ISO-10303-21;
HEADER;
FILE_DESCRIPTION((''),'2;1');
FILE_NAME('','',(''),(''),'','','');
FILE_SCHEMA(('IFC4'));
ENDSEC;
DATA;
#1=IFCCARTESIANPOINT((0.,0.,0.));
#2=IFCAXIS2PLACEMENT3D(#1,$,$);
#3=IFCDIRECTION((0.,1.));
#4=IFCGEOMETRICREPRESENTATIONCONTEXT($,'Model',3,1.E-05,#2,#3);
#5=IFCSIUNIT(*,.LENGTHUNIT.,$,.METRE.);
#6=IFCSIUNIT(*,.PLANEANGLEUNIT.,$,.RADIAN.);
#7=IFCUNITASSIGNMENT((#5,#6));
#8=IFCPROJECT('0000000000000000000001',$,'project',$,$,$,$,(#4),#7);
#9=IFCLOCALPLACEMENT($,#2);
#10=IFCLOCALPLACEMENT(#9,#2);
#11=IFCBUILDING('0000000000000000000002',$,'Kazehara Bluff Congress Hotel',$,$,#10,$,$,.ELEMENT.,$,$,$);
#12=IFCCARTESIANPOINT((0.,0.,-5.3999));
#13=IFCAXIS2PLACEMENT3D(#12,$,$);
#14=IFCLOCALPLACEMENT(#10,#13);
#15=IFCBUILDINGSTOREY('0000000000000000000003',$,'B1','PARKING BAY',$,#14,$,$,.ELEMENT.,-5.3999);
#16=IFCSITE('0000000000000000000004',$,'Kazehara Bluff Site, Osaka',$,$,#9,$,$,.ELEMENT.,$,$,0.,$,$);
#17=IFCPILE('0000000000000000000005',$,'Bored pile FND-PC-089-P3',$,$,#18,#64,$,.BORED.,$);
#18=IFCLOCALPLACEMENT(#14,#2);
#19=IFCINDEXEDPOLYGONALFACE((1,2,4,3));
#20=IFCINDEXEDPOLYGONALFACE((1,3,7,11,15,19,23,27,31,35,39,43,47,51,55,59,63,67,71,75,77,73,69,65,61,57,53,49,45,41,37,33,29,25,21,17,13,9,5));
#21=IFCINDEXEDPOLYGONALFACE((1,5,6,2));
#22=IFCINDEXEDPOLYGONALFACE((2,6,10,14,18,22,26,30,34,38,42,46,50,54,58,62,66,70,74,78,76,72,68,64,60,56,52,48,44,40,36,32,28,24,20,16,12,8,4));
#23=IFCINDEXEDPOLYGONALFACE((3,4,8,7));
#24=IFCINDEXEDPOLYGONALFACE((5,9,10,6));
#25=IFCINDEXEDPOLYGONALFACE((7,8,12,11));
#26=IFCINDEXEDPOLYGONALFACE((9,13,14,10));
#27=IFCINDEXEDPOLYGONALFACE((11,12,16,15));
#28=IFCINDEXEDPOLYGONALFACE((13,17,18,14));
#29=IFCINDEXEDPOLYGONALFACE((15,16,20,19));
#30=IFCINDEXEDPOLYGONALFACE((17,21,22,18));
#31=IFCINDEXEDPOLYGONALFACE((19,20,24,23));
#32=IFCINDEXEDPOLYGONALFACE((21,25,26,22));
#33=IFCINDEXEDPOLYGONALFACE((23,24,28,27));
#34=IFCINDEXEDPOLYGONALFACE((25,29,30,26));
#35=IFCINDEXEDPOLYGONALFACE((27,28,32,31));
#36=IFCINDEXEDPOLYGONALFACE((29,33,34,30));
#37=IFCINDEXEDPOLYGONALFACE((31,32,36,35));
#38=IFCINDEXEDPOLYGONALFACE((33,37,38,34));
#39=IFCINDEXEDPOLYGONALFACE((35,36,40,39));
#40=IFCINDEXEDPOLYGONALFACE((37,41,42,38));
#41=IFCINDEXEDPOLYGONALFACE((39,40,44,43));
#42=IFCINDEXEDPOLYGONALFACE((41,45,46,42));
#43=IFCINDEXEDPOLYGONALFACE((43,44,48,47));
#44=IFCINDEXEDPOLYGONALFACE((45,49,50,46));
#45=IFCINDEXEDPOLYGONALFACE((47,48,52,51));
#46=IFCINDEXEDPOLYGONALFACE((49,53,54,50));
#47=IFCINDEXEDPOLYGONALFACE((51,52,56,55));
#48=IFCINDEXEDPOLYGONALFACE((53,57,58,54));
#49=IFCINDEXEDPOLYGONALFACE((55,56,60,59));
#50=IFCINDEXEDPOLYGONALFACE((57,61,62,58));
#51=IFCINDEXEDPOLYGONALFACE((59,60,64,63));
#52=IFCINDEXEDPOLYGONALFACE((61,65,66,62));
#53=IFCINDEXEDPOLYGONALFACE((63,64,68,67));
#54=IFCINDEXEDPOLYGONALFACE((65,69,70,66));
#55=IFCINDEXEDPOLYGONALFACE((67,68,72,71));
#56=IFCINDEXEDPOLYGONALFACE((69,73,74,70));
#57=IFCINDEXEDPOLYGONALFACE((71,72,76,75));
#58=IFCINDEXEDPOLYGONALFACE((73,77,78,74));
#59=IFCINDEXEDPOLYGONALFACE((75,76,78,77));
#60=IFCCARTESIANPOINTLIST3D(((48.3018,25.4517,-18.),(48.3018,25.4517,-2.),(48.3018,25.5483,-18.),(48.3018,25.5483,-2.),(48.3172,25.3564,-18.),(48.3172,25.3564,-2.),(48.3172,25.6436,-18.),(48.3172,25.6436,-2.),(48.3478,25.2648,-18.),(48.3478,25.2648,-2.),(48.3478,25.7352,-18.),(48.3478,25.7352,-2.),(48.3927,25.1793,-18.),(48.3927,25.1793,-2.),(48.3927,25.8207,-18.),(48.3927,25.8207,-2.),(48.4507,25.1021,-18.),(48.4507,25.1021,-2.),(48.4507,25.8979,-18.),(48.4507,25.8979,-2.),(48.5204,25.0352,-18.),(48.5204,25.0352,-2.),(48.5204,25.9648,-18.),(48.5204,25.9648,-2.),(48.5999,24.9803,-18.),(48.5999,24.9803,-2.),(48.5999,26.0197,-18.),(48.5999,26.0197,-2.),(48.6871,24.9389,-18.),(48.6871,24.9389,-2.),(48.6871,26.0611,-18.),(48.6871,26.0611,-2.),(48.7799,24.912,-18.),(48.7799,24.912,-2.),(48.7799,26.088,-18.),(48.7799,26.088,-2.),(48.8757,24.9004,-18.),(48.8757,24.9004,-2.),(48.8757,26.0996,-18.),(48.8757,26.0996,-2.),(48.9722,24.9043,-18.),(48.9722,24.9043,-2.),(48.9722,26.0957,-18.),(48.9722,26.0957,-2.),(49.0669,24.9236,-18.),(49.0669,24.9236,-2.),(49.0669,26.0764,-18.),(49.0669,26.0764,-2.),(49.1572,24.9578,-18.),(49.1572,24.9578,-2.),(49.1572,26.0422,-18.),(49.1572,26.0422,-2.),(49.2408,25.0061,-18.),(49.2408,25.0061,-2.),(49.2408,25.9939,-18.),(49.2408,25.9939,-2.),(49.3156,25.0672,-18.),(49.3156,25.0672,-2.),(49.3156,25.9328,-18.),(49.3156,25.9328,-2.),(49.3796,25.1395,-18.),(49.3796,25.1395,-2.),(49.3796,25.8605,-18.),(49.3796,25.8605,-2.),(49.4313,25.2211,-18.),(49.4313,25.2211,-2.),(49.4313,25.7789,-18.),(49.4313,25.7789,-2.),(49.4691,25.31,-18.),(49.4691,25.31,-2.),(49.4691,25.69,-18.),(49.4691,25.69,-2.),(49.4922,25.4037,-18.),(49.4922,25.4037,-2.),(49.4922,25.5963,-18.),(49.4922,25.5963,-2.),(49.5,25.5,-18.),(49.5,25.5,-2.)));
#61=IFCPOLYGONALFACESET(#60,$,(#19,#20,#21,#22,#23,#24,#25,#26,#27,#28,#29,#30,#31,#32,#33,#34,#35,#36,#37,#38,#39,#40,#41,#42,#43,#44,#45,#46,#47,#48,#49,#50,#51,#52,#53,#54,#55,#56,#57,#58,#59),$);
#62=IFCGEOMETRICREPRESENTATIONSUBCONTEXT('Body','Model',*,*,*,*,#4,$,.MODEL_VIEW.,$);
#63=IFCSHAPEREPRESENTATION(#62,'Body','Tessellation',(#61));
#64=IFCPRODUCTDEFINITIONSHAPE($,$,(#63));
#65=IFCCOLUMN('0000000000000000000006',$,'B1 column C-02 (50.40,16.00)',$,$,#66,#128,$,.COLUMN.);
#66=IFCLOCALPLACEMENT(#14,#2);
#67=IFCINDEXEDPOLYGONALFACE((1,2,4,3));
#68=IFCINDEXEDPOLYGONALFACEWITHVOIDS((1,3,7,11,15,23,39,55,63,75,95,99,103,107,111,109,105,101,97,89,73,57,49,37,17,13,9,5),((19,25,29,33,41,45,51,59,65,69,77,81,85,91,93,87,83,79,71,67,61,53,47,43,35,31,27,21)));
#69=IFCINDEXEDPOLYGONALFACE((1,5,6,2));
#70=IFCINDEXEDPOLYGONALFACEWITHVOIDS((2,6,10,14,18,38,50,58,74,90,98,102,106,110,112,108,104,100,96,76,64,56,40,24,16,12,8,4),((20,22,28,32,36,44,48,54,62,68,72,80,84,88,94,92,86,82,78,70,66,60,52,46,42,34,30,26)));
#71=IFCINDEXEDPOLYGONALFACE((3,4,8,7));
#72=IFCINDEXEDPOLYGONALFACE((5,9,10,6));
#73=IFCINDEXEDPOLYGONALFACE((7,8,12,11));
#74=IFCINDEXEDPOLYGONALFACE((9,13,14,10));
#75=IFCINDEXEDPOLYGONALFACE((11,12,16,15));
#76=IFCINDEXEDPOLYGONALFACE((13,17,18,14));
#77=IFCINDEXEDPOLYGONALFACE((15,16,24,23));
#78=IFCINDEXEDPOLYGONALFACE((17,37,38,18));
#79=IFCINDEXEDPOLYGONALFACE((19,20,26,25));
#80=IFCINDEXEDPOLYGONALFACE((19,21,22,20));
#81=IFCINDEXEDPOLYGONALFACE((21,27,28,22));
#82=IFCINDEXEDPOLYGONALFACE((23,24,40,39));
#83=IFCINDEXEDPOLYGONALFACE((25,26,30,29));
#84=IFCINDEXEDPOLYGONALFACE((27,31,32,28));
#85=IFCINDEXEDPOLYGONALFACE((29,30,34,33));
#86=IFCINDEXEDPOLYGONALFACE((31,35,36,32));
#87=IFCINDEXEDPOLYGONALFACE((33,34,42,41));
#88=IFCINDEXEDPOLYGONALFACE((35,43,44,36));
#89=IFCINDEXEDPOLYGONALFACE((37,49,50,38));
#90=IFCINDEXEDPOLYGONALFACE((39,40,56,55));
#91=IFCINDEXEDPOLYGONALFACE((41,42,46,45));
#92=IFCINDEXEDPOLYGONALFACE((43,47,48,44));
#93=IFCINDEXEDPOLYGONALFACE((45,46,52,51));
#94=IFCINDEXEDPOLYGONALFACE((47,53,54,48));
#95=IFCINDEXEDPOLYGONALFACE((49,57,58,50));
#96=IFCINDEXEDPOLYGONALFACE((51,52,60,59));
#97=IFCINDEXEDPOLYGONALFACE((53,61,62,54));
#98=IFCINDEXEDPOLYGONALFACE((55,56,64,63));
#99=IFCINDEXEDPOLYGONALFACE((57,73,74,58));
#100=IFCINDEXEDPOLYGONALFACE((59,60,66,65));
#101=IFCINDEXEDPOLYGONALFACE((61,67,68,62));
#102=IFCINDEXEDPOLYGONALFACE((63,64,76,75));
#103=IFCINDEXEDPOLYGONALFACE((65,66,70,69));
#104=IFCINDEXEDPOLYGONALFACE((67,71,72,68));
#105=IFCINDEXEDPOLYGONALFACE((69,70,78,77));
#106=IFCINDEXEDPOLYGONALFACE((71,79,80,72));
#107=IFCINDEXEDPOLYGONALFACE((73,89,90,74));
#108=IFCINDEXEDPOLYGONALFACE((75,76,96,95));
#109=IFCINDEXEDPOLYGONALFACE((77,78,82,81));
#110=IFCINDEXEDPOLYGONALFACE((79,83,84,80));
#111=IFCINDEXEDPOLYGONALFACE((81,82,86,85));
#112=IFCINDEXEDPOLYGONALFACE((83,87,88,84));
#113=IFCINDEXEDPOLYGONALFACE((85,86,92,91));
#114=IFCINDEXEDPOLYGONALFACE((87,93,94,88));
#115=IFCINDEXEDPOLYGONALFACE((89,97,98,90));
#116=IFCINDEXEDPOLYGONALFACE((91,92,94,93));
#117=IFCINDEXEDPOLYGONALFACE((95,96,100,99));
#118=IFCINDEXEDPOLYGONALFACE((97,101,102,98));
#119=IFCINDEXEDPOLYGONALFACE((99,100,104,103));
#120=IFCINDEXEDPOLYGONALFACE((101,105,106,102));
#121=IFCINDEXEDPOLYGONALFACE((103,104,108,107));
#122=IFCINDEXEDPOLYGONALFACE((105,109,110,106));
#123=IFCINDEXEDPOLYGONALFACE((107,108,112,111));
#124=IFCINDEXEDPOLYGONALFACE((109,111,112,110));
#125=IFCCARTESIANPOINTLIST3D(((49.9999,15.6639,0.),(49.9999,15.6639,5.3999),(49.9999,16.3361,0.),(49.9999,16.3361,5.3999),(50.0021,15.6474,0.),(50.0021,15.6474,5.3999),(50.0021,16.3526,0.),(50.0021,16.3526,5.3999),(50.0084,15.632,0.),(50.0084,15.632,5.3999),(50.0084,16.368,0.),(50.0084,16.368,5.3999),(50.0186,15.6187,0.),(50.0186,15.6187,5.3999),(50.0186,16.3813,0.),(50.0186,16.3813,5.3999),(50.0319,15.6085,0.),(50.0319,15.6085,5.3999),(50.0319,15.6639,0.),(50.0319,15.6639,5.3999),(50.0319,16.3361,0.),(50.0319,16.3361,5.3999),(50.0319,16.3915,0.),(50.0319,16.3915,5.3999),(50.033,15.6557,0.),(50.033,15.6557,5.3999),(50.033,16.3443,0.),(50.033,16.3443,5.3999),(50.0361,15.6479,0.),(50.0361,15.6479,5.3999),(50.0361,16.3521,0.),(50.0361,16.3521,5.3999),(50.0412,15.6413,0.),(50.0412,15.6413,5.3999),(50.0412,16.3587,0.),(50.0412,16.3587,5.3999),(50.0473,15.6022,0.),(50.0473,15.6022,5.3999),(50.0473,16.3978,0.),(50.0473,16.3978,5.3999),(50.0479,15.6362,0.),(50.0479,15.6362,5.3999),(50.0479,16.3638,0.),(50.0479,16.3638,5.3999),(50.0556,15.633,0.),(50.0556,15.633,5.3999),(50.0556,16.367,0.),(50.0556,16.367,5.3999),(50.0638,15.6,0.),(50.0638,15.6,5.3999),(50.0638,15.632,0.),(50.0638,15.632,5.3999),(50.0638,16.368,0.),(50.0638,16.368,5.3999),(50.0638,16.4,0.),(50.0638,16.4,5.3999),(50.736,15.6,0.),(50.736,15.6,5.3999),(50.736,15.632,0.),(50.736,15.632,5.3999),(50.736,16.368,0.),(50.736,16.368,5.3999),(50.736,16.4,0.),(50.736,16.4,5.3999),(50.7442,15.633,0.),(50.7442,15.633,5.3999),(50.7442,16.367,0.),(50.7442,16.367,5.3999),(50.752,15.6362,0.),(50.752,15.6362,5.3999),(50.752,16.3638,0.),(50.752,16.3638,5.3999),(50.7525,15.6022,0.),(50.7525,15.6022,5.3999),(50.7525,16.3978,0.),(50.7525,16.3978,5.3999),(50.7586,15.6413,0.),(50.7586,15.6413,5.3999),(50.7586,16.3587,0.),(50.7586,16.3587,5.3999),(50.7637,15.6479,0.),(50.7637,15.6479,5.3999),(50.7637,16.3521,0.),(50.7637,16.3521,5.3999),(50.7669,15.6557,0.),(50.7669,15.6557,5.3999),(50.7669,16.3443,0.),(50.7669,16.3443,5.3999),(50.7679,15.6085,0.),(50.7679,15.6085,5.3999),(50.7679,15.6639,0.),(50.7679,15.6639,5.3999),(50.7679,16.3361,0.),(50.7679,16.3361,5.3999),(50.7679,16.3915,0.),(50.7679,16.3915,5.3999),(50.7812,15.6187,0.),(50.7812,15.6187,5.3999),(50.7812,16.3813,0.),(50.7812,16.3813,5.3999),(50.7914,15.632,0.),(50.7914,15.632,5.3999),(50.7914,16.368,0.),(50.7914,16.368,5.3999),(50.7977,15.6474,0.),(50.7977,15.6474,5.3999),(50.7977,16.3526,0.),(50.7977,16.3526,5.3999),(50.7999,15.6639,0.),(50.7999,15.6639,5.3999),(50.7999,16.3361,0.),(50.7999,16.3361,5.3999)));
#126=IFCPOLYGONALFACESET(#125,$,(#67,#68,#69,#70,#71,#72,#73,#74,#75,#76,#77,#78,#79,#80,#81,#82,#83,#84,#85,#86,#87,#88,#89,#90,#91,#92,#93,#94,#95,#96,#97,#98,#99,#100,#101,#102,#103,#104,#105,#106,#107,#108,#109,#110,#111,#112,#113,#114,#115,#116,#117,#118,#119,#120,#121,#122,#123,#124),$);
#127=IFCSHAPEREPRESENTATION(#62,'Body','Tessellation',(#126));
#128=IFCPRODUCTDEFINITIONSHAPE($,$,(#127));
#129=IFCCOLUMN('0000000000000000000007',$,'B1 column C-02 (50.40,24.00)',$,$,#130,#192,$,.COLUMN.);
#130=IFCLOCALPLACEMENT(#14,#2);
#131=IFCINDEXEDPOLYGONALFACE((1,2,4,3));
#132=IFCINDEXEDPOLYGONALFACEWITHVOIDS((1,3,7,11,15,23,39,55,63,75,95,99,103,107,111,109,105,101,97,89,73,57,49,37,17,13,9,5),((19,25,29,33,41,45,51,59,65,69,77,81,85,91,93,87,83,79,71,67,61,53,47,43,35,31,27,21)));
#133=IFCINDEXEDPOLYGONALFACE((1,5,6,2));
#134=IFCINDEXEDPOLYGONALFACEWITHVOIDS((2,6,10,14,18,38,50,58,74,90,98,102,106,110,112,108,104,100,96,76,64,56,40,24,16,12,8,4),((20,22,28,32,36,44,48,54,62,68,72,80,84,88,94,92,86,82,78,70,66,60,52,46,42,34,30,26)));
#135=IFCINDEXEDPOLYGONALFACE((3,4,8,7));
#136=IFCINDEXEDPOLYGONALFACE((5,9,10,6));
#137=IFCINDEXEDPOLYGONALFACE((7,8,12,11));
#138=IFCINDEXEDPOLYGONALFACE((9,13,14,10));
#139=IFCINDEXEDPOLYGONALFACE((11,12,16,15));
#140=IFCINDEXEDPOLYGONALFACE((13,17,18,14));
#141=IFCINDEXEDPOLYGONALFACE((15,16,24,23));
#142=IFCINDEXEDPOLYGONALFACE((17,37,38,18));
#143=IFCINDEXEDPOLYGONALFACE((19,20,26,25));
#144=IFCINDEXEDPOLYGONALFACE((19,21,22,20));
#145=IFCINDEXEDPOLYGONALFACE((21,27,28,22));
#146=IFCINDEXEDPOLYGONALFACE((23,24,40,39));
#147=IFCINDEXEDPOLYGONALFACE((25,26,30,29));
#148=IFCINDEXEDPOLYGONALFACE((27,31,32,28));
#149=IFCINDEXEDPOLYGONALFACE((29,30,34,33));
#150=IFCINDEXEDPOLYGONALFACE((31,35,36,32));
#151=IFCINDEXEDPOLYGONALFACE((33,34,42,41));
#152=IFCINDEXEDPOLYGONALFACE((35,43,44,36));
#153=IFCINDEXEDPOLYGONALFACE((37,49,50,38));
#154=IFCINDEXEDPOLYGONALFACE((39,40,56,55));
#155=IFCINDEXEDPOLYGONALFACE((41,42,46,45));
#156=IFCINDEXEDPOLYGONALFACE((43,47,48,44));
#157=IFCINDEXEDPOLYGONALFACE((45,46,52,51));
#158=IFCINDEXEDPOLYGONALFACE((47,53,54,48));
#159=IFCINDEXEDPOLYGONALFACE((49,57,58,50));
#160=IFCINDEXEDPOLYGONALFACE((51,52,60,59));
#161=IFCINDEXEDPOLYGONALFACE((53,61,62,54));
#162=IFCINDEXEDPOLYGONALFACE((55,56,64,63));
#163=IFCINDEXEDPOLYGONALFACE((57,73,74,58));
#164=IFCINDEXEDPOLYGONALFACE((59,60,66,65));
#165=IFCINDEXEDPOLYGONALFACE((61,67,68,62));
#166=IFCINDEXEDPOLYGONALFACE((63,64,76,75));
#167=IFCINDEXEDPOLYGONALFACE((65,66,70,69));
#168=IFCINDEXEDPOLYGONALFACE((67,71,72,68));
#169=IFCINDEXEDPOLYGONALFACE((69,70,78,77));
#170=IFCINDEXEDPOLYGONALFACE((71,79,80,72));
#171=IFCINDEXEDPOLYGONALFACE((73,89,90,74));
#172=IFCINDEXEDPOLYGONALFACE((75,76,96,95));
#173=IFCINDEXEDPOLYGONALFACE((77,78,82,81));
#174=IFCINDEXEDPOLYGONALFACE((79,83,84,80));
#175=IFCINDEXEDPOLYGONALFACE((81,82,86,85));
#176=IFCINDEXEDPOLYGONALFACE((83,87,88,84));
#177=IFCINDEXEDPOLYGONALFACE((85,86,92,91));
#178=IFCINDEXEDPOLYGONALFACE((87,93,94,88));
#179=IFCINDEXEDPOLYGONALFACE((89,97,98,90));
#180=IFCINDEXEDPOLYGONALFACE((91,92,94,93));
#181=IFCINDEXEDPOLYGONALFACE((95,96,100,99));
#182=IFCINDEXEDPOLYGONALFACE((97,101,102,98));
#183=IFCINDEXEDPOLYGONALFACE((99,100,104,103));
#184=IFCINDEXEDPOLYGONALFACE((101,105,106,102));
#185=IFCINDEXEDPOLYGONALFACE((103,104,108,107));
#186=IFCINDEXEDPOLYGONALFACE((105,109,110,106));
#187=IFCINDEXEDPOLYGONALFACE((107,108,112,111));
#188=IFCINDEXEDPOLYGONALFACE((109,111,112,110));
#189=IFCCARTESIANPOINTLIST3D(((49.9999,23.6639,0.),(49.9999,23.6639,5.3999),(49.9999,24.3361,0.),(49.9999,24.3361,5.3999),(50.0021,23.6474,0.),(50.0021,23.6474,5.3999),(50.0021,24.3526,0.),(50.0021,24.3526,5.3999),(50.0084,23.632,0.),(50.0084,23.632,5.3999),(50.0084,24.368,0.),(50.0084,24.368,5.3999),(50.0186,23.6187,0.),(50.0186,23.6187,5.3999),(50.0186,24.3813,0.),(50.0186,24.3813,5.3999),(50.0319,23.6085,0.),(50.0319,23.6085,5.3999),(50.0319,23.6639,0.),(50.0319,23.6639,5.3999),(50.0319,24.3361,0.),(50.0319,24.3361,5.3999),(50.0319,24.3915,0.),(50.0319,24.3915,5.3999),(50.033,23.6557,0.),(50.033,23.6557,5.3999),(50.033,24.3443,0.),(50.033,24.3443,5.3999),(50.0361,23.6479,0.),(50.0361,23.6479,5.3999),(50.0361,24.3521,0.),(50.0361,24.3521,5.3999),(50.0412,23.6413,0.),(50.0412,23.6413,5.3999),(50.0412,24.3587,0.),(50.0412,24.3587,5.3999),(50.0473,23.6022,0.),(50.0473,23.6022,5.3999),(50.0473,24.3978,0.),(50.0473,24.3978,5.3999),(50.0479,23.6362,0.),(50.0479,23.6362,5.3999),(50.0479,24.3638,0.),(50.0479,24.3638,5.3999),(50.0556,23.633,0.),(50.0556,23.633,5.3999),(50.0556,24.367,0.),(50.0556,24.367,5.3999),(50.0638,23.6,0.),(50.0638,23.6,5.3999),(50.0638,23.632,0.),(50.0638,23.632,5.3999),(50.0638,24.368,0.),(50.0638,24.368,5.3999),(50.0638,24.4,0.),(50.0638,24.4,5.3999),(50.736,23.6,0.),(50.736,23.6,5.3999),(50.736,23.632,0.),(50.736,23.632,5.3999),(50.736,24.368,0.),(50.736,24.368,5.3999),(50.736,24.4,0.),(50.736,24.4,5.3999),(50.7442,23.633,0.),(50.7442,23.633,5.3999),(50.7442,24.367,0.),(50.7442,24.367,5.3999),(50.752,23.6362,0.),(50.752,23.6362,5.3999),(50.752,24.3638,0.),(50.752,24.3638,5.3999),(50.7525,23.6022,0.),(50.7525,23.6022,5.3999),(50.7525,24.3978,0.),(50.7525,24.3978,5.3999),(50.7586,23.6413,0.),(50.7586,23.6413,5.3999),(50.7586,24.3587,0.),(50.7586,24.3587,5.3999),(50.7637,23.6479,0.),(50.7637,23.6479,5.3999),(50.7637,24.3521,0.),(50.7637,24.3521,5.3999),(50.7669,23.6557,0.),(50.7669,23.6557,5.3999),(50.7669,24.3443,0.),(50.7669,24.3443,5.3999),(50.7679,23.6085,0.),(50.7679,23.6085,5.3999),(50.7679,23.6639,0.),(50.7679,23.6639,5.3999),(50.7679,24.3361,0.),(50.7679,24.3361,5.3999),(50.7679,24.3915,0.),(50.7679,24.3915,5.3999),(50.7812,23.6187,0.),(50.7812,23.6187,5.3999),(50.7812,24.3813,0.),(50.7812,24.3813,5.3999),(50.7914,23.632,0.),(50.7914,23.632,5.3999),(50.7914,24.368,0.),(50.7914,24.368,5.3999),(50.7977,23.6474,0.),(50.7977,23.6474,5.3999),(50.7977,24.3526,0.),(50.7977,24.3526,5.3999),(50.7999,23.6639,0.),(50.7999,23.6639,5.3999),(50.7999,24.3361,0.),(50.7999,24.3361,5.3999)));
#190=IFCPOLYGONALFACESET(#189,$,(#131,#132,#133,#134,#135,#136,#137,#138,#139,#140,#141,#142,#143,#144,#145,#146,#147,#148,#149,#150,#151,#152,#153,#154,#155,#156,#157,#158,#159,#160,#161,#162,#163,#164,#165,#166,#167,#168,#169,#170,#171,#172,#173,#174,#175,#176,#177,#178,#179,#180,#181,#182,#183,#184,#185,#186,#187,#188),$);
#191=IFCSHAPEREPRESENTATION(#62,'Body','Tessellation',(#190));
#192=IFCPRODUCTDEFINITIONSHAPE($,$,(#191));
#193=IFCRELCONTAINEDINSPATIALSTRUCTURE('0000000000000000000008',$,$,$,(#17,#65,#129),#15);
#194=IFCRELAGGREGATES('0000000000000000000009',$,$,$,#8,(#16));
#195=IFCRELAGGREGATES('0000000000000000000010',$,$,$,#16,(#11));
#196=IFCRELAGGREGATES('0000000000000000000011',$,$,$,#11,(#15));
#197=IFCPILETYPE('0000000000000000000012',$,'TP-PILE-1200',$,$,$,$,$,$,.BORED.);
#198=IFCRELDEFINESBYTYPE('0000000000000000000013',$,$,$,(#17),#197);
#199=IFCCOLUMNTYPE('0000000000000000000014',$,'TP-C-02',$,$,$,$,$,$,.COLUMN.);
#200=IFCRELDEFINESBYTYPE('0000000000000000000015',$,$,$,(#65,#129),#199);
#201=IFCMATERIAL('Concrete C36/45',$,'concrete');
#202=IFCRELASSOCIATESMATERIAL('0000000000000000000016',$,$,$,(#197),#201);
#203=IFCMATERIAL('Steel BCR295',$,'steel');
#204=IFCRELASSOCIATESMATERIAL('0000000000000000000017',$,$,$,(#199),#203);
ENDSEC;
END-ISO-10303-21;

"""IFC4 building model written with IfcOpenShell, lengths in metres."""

from ifc_helpers import new_model, si_unit, direction, frame, origin, origin_2d, place, context, subcontext, project, spatial, hollow_rectangle, circle, extrude, material, material_profile, profile_set, type_object, element, save


model = new_model("IFC4")

# Units and contexts
model_context = context("Model", 3, precision=1e-05, world=origin(), true_north=direction((0.0, 1.0)))
body_context = subcontext(model_context, "Body", "Model", "MODEL_VIEW")
ifc_project = project(units=[si_unit("LENGTHUNIT", "METRE"), si_unit("PLANEANGLEUNIT", "RADIAN")], contexts=[model_context])

# Site, building, storey
site_placement = place(None, origin())
site = spatial("IfcSite", under=ifc_project, at=site_placement, Name="Kazehara Bluff Site, Osaka", CompositionType="ELEMENT", RefElevation=0.0)
building_placement = place(site_placement, origin())
building = spatial("IfcBuilding", under=site, at=building_placement, Name="Kazehara Bluff Congress Hotel", CompositionType="ELEMENT")
storey_placement = place(building_placement, frame((0.0, 0.0, -5.3999)))
storey = spatial("IfcBuildingStorey", under=building, at=storey_placement, Name="B1", Description="PARKING BAY", CompositionType="ELEMENT", Elevation=-5.3999)

# Pile
ifc_material_1 = material(Name="Concrete C36/45", Category="concrete")
ifc_material_profile_1 = material_profile(ifc_material_1, circle(Radius=0.6001, at=origin_2d()))
ifc_profile_set_1 = profile_set([ifc_material_profile_1], Name="Concrete C36/45")
pile_type = type_object("IfcPileType", Name="TP-PILE-1200", PredefinedType="BORED", material=ifc_profile_set_1)
for number, where, z_axis, x_axis, name in (
    (1, (48.8999, 25.5, -2.0), (0.0, 0.0, -1.0), (1.0, 0.0, 0.0), "Bored pile FND-PC-089-P3"),
):
    element("IfcPile", number, at=place(storey_placement, frame(where, z_axis=z_axis, x_axis=x_axis)), inside=storey, type_object=pile_type, Name=name, PredefinedType="BORED", context=body_context, shape_type="SweptSolid", body=[
        extrude(circle(Radius=0.6001, at=origin_2d()), origin(), (0.0, 0.0, 1.0), 16.0),
    ])

# Columns
ifc_material_2 = material(Name="Steel BCR295", Category="steel")
ifc_material_profile_2 = material_profile(ifc_material_2, hollow_rectangle(XDim=0.8, YDim=0.8, WallThickness=0.032, InnerFilletRadius=0.032, OuterFilletRadius=0.064, at=origin_2d()))
ifc_profile_set_2 = profile_set([ifc_material_profile_2], Name="Steel BCR295")
column_type = type_object("IfcColumnType", Name="TP-C-02", PredefinedType="COLUMN", material=ifc_profile_set_2)
for number, where, z_axis, x_axis, name in (
    (2, (50.3999, 16.0, 0.0), (0.0, 0.0, 1.0), (1.0, 0.0, 0.0), "B1 column C-02 (50.40,16.00)"),
    (3, (50.3999, 24.0, 0.0), (0.0, 0.0, 1.0), (1.0, 0.0, 0.0), "B1 column C-02 (50.40,24.00)"),
):
    element("IfcColumn", number, at=place(storey_placement, frame(where, z_axis=z_axis, x_axis=x_axis)), inside=storey, type_object=column_type, Name=name, PredefinedType="COLUMN", context=body_context, shape_type="SweptSolid", body=[
        extrude(hollow_rectangle(XDim=0.8, YDim=0.8, WallThickness=0.032, InnerFilletRadius=0.032, OuterFilletRadius=0.064, at=origin_2d()), origin(), (0.0, 0.0, 1.0), 5.3999),
    ])

save(model, "model.ifc")
